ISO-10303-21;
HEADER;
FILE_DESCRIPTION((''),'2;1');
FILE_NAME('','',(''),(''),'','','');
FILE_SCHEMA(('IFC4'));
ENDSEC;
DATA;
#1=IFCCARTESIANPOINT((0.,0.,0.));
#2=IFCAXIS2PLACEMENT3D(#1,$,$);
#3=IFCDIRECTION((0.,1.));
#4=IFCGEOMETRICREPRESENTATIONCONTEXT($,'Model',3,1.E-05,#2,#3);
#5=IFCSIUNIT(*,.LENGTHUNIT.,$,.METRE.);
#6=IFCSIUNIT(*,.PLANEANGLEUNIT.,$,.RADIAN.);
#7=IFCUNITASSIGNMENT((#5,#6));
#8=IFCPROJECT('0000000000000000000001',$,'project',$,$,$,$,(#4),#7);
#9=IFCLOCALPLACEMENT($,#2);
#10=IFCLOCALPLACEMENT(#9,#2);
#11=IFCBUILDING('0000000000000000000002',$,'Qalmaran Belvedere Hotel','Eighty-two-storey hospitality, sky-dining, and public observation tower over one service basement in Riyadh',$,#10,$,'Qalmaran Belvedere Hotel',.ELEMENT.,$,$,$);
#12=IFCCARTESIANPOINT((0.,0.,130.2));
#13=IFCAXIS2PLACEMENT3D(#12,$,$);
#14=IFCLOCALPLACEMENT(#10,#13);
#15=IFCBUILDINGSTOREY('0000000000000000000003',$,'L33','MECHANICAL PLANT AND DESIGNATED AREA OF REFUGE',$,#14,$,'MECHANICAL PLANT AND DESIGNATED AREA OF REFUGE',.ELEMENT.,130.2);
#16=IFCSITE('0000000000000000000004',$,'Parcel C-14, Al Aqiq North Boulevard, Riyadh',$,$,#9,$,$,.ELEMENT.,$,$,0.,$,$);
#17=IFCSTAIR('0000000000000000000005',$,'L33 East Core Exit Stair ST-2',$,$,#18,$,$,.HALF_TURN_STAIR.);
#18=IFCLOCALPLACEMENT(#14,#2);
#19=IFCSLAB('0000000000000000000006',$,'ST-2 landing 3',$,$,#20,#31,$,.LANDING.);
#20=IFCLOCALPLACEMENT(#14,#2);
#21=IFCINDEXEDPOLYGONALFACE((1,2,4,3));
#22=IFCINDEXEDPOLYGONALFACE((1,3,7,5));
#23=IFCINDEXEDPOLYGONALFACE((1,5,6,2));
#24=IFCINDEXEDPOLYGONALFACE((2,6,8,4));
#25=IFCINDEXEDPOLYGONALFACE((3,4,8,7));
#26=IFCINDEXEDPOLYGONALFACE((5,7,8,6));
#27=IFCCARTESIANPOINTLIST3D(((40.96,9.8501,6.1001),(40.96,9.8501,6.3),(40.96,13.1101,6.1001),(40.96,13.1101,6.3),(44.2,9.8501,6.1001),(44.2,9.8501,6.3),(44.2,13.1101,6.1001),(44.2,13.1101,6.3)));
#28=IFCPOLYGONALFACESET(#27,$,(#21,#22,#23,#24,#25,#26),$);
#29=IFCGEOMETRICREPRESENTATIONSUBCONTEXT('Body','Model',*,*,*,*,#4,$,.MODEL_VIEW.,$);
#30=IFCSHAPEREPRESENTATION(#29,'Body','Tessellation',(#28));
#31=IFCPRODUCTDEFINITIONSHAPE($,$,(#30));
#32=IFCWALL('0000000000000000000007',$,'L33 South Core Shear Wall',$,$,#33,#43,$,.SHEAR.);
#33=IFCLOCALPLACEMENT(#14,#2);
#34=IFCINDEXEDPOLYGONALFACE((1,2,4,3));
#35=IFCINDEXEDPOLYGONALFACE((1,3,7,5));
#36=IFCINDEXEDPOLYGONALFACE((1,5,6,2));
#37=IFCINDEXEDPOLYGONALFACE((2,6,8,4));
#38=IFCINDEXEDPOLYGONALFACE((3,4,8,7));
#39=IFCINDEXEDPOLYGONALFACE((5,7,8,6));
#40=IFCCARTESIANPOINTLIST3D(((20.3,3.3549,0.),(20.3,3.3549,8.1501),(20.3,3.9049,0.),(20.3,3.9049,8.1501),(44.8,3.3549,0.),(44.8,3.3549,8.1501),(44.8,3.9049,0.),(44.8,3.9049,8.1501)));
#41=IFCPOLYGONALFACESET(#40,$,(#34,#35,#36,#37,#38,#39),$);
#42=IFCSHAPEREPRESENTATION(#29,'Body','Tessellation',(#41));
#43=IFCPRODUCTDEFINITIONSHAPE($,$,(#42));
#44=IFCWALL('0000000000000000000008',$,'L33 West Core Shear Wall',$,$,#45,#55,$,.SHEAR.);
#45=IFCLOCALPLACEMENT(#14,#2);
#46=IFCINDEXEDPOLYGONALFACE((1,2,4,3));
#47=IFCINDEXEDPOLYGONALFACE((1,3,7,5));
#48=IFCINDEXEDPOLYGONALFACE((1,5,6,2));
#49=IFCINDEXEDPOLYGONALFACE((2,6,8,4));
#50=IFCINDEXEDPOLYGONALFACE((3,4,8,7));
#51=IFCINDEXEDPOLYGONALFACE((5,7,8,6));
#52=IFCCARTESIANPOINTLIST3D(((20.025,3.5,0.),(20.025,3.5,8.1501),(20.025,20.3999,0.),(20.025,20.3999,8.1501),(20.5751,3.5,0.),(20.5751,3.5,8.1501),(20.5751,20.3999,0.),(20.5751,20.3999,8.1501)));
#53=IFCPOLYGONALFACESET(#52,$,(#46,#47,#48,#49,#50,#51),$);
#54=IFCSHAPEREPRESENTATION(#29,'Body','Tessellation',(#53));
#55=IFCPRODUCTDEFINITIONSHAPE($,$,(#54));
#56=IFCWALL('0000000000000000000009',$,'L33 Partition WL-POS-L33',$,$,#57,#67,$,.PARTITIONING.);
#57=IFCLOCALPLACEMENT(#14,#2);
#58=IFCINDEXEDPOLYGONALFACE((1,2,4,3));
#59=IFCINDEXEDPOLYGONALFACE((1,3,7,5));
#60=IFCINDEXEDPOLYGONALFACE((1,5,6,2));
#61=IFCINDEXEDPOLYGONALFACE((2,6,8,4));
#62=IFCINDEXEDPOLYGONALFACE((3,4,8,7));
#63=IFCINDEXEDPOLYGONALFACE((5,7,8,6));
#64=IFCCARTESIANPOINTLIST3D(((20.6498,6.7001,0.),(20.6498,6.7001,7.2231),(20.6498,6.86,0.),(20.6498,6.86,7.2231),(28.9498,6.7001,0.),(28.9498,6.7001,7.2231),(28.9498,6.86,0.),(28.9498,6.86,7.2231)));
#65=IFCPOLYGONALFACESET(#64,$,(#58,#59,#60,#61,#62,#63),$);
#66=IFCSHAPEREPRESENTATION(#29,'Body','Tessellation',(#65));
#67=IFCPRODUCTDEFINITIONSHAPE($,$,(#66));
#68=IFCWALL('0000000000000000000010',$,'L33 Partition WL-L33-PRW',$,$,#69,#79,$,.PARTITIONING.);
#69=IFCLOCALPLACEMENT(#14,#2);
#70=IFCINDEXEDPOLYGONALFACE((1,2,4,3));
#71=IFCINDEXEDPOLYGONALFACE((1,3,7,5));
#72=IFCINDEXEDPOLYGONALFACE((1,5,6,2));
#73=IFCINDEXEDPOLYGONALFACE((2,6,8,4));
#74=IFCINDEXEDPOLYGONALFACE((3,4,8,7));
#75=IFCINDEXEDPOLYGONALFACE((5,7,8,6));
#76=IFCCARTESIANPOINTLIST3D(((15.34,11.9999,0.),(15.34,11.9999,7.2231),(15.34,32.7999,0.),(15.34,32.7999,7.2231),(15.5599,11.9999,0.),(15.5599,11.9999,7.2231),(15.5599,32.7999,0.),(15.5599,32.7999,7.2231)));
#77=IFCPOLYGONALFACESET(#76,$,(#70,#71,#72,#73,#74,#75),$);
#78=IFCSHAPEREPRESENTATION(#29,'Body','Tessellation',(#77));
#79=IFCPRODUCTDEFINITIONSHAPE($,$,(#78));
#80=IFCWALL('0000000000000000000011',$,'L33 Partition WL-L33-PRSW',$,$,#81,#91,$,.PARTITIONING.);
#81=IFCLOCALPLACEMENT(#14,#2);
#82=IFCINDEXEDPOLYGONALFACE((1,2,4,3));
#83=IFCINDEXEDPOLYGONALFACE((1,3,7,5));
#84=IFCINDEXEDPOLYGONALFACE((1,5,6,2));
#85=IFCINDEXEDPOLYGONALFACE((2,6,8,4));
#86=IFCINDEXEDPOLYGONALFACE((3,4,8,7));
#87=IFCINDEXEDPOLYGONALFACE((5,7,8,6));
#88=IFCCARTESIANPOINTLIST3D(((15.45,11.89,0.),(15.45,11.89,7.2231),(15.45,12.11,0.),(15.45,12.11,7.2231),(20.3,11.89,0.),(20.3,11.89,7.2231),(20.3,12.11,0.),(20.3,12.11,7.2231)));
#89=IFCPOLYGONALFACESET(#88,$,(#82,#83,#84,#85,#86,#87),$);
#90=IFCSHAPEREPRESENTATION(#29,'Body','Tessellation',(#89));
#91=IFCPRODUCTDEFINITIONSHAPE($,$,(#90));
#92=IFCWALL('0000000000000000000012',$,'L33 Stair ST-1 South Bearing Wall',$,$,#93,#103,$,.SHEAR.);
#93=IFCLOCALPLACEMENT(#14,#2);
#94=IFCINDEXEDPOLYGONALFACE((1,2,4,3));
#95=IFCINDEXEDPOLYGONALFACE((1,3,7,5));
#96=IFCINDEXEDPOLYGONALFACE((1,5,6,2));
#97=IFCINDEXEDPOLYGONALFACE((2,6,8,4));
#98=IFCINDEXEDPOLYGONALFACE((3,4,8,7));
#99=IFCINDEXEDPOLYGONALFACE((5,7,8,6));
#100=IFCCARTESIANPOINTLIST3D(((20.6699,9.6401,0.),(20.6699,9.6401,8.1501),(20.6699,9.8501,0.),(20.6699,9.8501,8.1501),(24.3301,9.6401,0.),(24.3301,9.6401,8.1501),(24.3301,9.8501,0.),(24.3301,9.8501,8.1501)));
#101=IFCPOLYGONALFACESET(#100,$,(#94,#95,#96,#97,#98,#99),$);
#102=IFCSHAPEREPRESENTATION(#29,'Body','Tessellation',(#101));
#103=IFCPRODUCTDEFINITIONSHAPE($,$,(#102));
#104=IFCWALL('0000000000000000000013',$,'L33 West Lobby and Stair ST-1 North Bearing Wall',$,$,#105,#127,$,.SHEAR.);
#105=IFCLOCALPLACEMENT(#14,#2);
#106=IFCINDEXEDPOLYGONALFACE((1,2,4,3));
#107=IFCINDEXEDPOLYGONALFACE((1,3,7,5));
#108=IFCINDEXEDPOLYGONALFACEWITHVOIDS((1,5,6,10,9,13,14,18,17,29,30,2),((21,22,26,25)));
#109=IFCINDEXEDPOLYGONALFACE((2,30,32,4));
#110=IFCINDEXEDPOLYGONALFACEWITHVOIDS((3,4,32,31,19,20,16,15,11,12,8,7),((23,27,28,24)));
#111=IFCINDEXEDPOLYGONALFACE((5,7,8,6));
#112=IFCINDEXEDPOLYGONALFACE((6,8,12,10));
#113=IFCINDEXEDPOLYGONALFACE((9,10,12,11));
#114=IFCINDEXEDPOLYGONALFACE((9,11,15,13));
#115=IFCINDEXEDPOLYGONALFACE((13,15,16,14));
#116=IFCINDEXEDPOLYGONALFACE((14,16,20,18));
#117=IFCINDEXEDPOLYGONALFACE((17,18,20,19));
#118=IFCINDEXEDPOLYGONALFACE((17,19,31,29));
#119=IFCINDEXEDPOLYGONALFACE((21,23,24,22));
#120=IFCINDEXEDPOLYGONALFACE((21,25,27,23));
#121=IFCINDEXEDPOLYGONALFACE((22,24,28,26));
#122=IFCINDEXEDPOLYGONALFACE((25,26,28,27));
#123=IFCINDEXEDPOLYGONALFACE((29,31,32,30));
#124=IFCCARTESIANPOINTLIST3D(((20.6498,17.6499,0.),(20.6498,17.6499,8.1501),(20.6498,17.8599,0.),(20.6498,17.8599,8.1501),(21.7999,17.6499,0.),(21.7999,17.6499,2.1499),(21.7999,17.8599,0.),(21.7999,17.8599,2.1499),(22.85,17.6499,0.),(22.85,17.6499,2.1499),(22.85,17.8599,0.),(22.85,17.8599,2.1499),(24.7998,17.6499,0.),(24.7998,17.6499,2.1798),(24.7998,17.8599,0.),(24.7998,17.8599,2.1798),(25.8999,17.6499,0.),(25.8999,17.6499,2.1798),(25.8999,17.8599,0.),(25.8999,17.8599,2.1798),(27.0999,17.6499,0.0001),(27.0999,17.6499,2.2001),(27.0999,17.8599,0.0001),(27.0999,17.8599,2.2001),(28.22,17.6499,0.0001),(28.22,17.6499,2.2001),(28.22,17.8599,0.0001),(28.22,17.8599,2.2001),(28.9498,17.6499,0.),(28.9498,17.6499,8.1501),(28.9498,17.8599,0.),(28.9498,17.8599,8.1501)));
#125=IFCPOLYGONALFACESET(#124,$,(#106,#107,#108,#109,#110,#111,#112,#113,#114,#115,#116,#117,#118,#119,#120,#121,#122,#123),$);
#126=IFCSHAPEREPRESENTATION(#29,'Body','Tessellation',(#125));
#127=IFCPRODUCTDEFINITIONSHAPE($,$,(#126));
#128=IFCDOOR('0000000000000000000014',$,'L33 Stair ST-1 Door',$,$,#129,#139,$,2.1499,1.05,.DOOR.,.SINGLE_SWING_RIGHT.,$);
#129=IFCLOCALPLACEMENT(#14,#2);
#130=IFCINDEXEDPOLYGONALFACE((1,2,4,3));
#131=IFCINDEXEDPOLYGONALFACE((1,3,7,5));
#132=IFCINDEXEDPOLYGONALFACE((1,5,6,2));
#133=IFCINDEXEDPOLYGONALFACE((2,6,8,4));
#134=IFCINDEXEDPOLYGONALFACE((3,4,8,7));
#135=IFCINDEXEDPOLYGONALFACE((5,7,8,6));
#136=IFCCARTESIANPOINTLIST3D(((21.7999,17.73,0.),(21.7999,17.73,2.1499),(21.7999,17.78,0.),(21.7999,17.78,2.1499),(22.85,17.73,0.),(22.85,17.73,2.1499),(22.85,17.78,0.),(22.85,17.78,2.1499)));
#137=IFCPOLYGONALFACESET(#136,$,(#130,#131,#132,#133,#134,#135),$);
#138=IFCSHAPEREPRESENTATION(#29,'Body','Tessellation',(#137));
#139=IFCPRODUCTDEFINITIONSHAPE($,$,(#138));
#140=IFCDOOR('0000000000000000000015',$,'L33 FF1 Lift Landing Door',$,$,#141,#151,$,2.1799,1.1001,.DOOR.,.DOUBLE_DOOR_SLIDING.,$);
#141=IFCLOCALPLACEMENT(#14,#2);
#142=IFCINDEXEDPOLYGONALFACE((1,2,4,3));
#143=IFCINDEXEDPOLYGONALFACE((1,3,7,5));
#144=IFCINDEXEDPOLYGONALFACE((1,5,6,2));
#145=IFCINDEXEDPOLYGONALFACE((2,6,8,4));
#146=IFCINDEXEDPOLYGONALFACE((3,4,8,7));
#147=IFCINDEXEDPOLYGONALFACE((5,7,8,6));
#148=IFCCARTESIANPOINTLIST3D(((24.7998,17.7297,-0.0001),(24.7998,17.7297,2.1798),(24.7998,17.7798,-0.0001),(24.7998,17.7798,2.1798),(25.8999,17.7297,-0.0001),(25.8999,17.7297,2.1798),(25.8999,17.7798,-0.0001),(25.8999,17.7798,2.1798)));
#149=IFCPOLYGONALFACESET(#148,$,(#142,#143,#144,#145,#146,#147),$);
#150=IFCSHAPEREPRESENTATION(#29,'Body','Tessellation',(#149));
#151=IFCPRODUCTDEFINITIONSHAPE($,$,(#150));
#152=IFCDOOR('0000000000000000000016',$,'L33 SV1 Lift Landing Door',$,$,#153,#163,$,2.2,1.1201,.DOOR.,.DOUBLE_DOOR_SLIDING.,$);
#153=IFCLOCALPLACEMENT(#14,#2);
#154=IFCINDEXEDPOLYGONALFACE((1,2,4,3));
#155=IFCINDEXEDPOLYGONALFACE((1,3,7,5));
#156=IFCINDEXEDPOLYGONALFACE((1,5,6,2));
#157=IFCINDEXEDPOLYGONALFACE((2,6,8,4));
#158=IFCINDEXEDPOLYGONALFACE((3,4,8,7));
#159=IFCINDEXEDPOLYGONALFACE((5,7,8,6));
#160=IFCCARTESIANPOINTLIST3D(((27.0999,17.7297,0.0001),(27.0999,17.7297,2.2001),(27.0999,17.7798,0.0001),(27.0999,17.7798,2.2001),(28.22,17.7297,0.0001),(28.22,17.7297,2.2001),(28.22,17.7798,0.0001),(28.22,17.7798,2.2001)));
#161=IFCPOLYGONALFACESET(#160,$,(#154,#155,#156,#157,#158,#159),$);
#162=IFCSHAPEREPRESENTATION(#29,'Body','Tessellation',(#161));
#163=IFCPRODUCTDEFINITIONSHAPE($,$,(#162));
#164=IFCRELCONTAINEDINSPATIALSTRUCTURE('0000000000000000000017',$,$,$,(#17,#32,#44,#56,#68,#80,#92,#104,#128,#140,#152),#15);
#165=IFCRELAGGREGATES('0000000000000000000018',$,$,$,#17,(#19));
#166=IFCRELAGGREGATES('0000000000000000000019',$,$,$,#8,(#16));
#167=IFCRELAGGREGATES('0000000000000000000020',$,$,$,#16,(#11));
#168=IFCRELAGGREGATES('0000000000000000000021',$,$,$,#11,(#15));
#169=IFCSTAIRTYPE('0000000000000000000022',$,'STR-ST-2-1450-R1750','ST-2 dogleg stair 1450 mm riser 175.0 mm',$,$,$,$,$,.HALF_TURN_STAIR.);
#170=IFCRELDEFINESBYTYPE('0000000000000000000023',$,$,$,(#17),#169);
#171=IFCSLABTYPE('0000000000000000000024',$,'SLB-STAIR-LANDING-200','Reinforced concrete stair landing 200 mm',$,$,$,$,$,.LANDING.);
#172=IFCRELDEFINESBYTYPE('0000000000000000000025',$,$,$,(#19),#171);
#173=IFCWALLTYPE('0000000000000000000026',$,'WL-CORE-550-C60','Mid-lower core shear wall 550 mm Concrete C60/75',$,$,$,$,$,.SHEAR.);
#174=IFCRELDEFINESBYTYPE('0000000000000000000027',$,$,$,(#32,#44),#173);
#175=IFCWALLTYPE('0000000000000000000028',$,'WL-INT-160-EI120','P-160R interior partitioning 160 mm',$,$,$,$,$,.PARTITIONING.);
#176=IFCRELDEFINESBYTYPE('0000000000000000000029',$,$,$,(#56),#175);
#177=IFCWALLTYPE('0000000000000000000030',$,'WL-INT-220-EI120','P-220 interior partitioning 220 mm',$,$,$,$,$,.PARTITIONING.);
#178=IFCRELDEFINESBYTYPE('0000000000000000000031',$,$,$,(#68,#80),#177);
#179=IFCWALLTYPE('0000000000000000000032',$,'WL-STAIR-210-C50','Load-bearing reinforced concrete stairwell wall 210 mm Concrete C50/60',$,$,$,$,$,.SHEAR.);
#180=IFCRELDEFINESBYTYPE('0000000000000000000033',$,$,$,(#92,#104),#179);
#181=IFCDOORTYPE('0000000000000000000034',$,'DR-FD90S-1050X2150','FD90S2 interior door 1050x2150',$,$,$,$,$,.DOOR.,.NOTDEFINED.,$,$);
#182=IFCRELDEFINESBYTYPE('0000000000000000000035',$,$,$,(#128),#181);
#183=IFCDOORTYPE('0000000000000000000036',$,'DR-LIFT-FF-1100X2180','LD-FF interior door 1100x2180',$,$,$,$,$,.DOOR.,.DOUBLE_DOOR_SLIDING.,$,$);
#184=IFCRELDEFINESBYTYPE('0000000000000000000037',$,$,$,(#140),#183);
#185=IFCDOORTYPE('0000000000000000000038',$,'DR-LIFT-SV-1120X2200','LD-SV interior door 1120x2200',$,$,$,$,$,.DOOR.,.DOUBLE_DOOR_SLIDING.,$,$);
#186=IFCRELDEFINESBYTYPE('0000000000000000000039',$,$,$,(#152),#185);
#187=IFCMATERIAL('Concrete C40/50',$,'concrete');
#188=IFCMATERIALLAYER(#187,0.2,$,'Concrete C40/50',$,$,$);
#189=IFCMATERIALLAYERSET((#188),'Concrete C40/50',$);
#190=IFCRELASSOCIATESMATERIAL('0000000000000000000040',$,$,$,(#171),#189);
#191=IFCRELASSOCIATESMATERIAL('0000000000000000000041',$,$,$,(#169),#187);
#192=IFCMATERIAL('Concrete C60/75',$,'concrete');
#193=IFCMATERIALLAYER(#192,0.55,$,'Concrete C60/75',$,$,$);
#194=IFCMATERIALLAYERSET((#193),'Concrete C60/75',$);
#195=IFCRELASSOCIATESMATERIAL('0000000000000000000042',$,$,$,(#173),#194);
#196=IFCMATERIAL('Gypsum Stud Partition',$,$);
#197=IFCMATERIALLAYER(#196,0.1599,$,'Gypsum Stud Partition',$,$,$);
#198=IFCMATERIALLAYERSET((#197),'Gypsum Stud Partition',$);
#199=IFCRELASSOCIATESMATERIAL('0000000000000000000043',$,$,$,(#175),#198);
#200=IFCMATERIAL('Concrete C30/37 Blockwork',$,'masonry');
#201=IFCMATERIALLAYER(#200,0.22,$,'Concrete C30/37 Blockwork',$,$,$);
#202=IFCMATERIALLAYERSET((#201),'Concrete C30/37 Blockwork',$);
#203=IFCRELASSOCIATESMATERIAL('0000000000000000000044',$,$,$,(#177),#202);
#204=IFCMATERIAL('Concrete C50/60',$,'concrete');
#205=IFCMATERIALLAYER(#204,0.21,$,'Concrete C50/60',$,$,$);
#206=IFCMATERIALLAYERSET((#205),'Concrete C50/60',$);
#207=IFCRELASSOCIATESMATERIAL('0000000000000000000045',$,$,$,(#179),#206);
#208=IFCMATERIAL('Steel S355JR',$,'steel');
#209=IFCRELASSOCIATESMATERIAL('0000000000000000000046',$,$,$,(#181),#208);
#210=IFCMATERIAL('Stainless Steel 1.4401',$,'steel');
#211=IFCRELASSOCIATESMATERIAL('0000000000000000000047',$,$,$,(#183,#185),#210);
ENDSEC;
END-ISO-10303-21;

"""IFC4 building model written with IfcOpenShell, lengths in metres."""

from ifc_helpers import new_model, si_unit, direction, frame, frame_2d, origin, place, context, subcontext, project, spatial, polyline, rectangle, outline, extrude, material, layer, layer_set, type_object, element, fill, aggregate, save


model = new_model("IFC4")

# Units and contexts
model_context = context("Model", 3, precision=1e-05, world=origin(), true_north=direction((0.0, 1.0)))
body_context = subcontext(model_context, "Body", "Model", "MODEL_VIEW")
ifc_project = project(units=[si_unit("LENGTHUNIT", "METRE"), si_unit("PLANEANGLEUNIT", "RADIAN")], contexts=[model_context])

# Site, building, storey
site_placement = place(None, origin())
site = spatial("IfcSite", under=ifc_project, at=site_placement, Name="Parcel C-14, Al Aqiq North Boulevard, Riyadh", CompositionType="ELEMENT", RefElevation=0.0)
building_placement = place(site_placement, origin())
building = spatial("IfcBuilding", under=site, at=building_placement, Name="Qalmaran Belvedere Hotel", Description="Eighty-two-storey hospitality, sky-dining, and public observation tower over one service basement in Riyadh", LongName="Qalmaran Belvedere Hotel", CompositionType="ELEMENT")
storey_placement = place(building_placement, frame((0.0, 0.0, 130.2)))
storey = spatial("IfcBuildingStorey", under=building, at=storey_placement, Name="L33", Description="MECHANICAL PLANT AND DESIGNATED AREA OF REFUGE", LongName="MECHANICAL PLANT AND DESIGNATED AREA OF REFUGE", CompositionType="ELEMENT", Elevation=130.2)

# Shared definitions
ifc_material_1 = material(Name="Concrete C60/75", Category="concrete")

# Shared definitions
ifc_material_2 = material(Name="Steel S355JR", Category="steel")

# Shared definitions
ifc_material_3 = material(Name="Concrete C40/50", Category="concrete")

# Stair, slab
ifc_layer_1 = layer(ifc_material_3, 0.2, Name="Concrete C40/50")
ifc_layer_set_1 = layer_set([ifc_layer_1], Name="Concrete C40/50")
slab_type_1 = type_object("IfcSlabType", Name="SLB-STAIR-LANDING-200", Description="Reinforced concrete stair landing 200 mm", PredefinedType="LANDING", material=ifc_layer_set_1)
stair_type_1 = type_object("IfcStairType", Name="STR-ST-2-1450-R1750", Description="ST-2 dogleg stair 1450 mm riser 175.0 mm", PredefinedType="HALF_TURN_STAIR", material=ifc_material_3)
stair_1_placement = place(storey_placement, origin())
stair_1 = element("IfcStair", 1, at=stair_1_placement, inside=storey, type_object=stair_type_1, Name="L33 East Core Exit Stair ST-2", PredefinedType="HALF_TURN_STAIR")
slab_1_placement = place(storey_placement, frame((0.0, 0.0, 6.1001)))
slab_1 = element("IfcSlab", 2, at=slab_1_placement, type_object=slab_type_1, Name="ST-2 landing 3", PredefinedType="LANDING", context=body_context, shape_type="SweptSolid", body=[
    extrude(outline(polyline([(40.96, 13.1101), (40.96, 9.8501), (44.2, 9.8501), (44.2, 13.1101), (40.96, 13.1101)])), origin(), (0.0, 0.0, 1.0), 0.2),
])
aggregate(stair_1, [slab_1])

# Walls
ifc_layer_2 = layer(ifc_material_1, 0.55, Name="Concrete C60/75")
ifc_layer_set_2 = layer_set([ifc_layer_2], Name="Concrete C60/75")
wall_type_1 = type_object("IfcWallType", Name="WL-CORE-550-C60", Description="Mid-lower core shear wall 550 mm Concrete C60/75", PredefinedType="SHEAR", material=ifc_layer_set_2)
wall_1_placement = place(storey_placement, frame((20.3, 3.6299, 0.0), z_axis=(0.0, 0.0, 1.0), x_axis=(1.0, 0.0, 0.0)))
element("IfcWall", 3, at=wall_1_placement, inside=storey, type_object=wall_type_1, Name="L33 South Core Shear Wall", PredefinedType="SHEAR", context=body_context, shape_type="SweptSolid", body=[
    extrude(rectangle(XDim=24.5, YDim=0.55, at=frame_2d((12.25, 0.0))), origin(), (0.0, 0.0, 1.0), 8.1501),
])
wall_2_placement = place(storey_placement, frame((20.3, 3.5, 0.0), z_axis=(0.0, 0.0, 1.0), x_axis=(0.0, 1.0, 0.0)))
element("IfcWall", 4, at=wall_2_placement, inside=storey, type_object=wall_type_1, Name="L33 West Core Shear Wall", PredefinedType="SHEAR", context=body_context, shape_type="SweptSolid", body=[
    extrude(rectangle(XDim=16.8999, YDim=0.55, at=frame_2d((8.45, 0.0))), origin(), (0.0, 0.0, 1.0), 8.1501),
])
ifc_material_4 = material(Name="Gypsum Stud Partition")
ifc_layer_3 = layer(ifc_material_4, 0.1599, Name="Gypsum Stud Partition")
ifc_layer_set_3 = layer_set([ifc_layer_3], Name="Gypsum Stud Partition")
wall_type_2 = type_object("IfcWallType", Name="WL-INT-160-EI120", Description="P-160R interior partitioning 160 mm", PredefinedType="PARTITIONING", material=ifc_layer_set_3)
wall_3_placement = place(storey_placement, frame((20.6499, 6.78, 0.0), z_axis=(0.0, 0.0, 1.0), x_axis=(1.0, 0.0, 0.0)))
element("IfcWall", 5, at=wall_3_placement, inside=storey, type_object=wall_type_2, Name="L33 Partition WL-POS-L33", PredefinedType="PARTITIONING", context=body_context, shape_type="SweptSolid", body=[
    extrude(rectangle(XDim=8.3, YDim=0.1599, at=frame_2d((4.1499, 0.0))), origin(), (0.0, 0.0, 1.0), 7.2231),
])
ifc_material_5 = material(Name="Concrete C30/37 Blockwork", Category="masonry")
ifc_layer_4 = layer(ifc_material_5, 0.22, Name="Concrete C30/37 Blockwork")
ifc_layer_set_4 = layer_set([ifc_layer_4], Name="Concrete C30/37 Blockwork")
wall_type_3 = type_object("IfcWallType", Name="WL-INT-220-EI120", Description="P-220 interior partitioning 220 mm", PredefinedType="PARTITIONING", material=ifc_layer_set_4)
wall_4_placement = place(storey_placement, frame((15.45, 12.0, 0.0), z_axis=(0.0, 0.0, 1.0), x_axis=(0.0, 1.0, 0.0)))
element("IfcWall", 6, at=wall_4_placement, inside=storey, type_object=wall_type_3, Name="L33 Partition WL-L33-PRW", PredefinedType="PARTITIONING", context=body_context, shape_type="SweptSolid", body=[
    extrude(rectangle(XDim=20.8, YDim=0.22, at=frame_2d((10.3999, 0.0))), origin(), (0.0, 0.0, 1.0), 7.2231),
])
wall_5_placement = place(storey_placement, frame((15.45, 12.0, 0.0), z_axis=(0.0, 0.0, 1.0), x_axis=(1.0, 0.0, 0.0)))
element("IfcWall", 7, at=wall_5_placement, inside=storey, type_object=wall_type_3, Name="L33 Partition WL-L33-PRSW", PredefinedType="PARTITIONING", context=body_context, shape_type="SweptSolid", body=[
    extrude(rectangle(XDim=4.8501, YDim=0.22, at=frame_2d((2.425, 0.0))), origin(), (0.0, 0.0, 1.0), 7.2231),
])
ifc_material_6 = material(Name="Concrete C50/60", Category="concrete")
ifc_layer_5 = layer(ifc_material_6, 0.21, Name="Concrete C50/60")
ifc_layer_set_5 = layer_set([ifc_layer_5], Name="Concrete C50/60")
wall_type_4 = type_object("IfcWallType", Name="WL-STAIR-210-C50", Description="Load-bearing reinforced concrete stairwell wall 210 mm Concrete C50/60", PredefinedType="SHEAR", material=ifc_layer_set_5)
wall_6_placement = place(storey_placement, frame((20.6699, 9.7451, 0.0), z_axis=(0.0, 0.0, 1.0), x_axis=(1.0, 0.0, 0.0)))
element("IfcWall", 8, at=wall_6_placement, inside=storey, type_object=wall_type_4, Name="L33 Stair ST-1 South Bearing Wall", PredefinedType="SHEAR", context=body_context, shape_type="SweptSolid", body=[
    extrude(rectangle(XDim=3.6602, YDim=0.21, at=frame_2d((1.8301, 0.0))), origin(), (0.0, 0.0, 1.0), 8.1501),
])

# Wall, openings, doors
wall_7_placement = place(storey_placement, frame((20.6499, 17.7549, 0.0), z_axis=(0.0, 0.0, 1.0), x_axis=(1.0, 0.0, 0.0)))
wall_7 = element("IfcWall", 9, at=wall_7_placement, inside=storey, type_object=wall_type_4, Name="L33 West Lobby and Stair ST-1 North Bearing Wall", PredefinedType="SHEAR", context=body_context, shape_type="SweptSolid", body=[
    extrude(rectangle(XDim=8.3, YDim=0.21, at=frame_2d((4.1499, 0.0))), origin(), (0.0, 0.0, 1.0), 8.1501),
])
opening_1_placement = place(wall_7_placement, frame((2.2, 0.0, 0.0), z_axis=(0.0, 0.0, 1.0), x_axis=(-1.0, 0.0, 0.0)))
opening_1 = element("IfcOpeningElement", 10, at=opening_1_placement, cuts=wall_7, PredefinedType="OPENING", context=body_context, shape_type="SweptSolid", body=[
    extrude(rectangle(XDim=1.05, YDim=2.1499, at=frame_2d((0.5249, 1.075))), frame((0.0, 0.115, 0.0), z_axis=(0.0, -1.0, 0.0), x_axis=(1.0, 0.0, 0.0)), (0.0, 0.0, 1.0), 0.23),
])
opening_2_placement = place(wall_7_placement, frame((4.1499, 0.0, 0.0)))
opening_2 = element("IfcOpeningElement", 11, at=opening_2_placement, cuts=wall_7, PredefinedType="OPENING", context=body_context, shape_type="SweptSolid", body=[
    extrude(rectangle(XDim=1.1001, YDim=2.1799, at=frame_2d((0.55, 1.0898))), frame((0.0, 0.115, 0.0), z_axis=(0.0, -1.0, 0.0), x_axis=(1.0, 0.0, 0.0)), (0.0, 0.0, 1.0), 0.23),
])
opening_3_placement = place(wall_7_placement, frame((6.45, 0.0, 0.0)))
opening_3 = element("IfcOpeningElement", 12, at=opening_3_placement, cuts=wall_7, PredefinedType="OPENING", context=body_context, shape_type="SweptSolid", body=[
    extrude(rectangle(XDim=1.1201, YDim=2.2, at=frame_2d((0.5601, 1.1001))), frame((0.0, 0.115, 0.0), z_axis=(0.0, -1.0, 0.0), x_axis=(1.0, 0.0, 0.0)), (0.0, 0.0, 1.0), 0.23),
])
door_type_1 = type_object("IfcDoorType", Name="DR-FD90S-1050X2150", Description="FD90S2 interior door 1050x2150", OperationType="NOTDEFINED", PredefinedType="DOOR", material=ifc_material_2)
door_1_placement = place(opening_1_placement, origin())
door_1 = element("IfcDoor", 13, at=door_1_placement, inside=storey, type_object=door_type_1, Name="L33 Stair ST-1 Door", OperationType="SINGLE_SWING_RIGHT", OverallHeight=2.1499, OverallWidth=1.05, PredefinedType="DOOR", context=body_context, shape_type="SweptSolid", body=[
    extrude(rectangle(XDim=1.05, YDim=2.1499, at=frame_2d((0.5249, 1.075))), frame((0.0, 0.0249, 0.0), z_axis=(0.0, -1.0, 0.0), x_axis=(1.0, 0.0, 0.0)), (0.0, 0.0, 1.0), 0.05),
])
fill(opening_1, door_1)
ifc_material_7 = material(Name="Stainless Steel 1.4401", Category="steel")
door_type_2 = type_object("IfcDoorType", Name="DR-LIFT-FF-1100X2180", Description="LD-FF interior door 1100x2180", OperationType="DOUBLE_DOOR_SLIDING", PredefinedType="DOOR", material=ifc_material_7)
door_2_placement = place(opening_2_placement, origin())
door_2 = element("IfcDoor", 14, at=door_2_placement, inside=storey, type_object=door_type_2, Name="L33 FF1 Lift Landing Door", OperationType="DOUBLE_DOOR_SLIDING", OverallHeight=2.1799, OverallWidth=1.1001, PredefinedType="DOOR", context=body_context, shape_type="SweptSolid", body=[
    extrude(rectangle(XDim=1.1001, YDim=2.1799, at=frame_2d((0.55, 1.0898))), frame((0.0, 0.0249, 0.0), z_axis=(0.0, -1.0, 0.0), x_axis=(1.0, 0.0, 0.0)), (0.0, 0.0, 1.0), 0.05),
])
fill(opening_2, door_2)
door_type_3 = type_object("IfcDoorType", Name="DR-LIFT-SV-1120X2200", Description="LD-SV interior door 1120x2200", OperationType="DOUBLE_DOOR_SLIDING", PredefinedType="DOOR", material=ifc_material_7)
door_3_placement = place(opening_3_placement, origin())
door_3 = element("IfcDoor", 15, at=door_3_placement, inside=storey, type_object=door_type_3, Name="L33 SV1 Lift Landing Door", OperationType="DOUBLE_DOOR_SLIDING", OverallHeight=2.2, OverallWidth=1.1201, PredefinedType="DOOR", context=body_context, shape_type="SweptSolid", body=[
    extrude(rectangle(XDim=1.1201, YDim=2.2, at=frame_2d((0.5601, 1.1001))), frame((0.0, 0.0249, 0.0), z_axis=(0.0, -1.0, 0.0), x_axis=(1.0, 0.0, 0.0)), (0.0, 0.0, 1.0), 0.05),
])
fill(opening_3, door_3)

save(model, "model.ifc")
